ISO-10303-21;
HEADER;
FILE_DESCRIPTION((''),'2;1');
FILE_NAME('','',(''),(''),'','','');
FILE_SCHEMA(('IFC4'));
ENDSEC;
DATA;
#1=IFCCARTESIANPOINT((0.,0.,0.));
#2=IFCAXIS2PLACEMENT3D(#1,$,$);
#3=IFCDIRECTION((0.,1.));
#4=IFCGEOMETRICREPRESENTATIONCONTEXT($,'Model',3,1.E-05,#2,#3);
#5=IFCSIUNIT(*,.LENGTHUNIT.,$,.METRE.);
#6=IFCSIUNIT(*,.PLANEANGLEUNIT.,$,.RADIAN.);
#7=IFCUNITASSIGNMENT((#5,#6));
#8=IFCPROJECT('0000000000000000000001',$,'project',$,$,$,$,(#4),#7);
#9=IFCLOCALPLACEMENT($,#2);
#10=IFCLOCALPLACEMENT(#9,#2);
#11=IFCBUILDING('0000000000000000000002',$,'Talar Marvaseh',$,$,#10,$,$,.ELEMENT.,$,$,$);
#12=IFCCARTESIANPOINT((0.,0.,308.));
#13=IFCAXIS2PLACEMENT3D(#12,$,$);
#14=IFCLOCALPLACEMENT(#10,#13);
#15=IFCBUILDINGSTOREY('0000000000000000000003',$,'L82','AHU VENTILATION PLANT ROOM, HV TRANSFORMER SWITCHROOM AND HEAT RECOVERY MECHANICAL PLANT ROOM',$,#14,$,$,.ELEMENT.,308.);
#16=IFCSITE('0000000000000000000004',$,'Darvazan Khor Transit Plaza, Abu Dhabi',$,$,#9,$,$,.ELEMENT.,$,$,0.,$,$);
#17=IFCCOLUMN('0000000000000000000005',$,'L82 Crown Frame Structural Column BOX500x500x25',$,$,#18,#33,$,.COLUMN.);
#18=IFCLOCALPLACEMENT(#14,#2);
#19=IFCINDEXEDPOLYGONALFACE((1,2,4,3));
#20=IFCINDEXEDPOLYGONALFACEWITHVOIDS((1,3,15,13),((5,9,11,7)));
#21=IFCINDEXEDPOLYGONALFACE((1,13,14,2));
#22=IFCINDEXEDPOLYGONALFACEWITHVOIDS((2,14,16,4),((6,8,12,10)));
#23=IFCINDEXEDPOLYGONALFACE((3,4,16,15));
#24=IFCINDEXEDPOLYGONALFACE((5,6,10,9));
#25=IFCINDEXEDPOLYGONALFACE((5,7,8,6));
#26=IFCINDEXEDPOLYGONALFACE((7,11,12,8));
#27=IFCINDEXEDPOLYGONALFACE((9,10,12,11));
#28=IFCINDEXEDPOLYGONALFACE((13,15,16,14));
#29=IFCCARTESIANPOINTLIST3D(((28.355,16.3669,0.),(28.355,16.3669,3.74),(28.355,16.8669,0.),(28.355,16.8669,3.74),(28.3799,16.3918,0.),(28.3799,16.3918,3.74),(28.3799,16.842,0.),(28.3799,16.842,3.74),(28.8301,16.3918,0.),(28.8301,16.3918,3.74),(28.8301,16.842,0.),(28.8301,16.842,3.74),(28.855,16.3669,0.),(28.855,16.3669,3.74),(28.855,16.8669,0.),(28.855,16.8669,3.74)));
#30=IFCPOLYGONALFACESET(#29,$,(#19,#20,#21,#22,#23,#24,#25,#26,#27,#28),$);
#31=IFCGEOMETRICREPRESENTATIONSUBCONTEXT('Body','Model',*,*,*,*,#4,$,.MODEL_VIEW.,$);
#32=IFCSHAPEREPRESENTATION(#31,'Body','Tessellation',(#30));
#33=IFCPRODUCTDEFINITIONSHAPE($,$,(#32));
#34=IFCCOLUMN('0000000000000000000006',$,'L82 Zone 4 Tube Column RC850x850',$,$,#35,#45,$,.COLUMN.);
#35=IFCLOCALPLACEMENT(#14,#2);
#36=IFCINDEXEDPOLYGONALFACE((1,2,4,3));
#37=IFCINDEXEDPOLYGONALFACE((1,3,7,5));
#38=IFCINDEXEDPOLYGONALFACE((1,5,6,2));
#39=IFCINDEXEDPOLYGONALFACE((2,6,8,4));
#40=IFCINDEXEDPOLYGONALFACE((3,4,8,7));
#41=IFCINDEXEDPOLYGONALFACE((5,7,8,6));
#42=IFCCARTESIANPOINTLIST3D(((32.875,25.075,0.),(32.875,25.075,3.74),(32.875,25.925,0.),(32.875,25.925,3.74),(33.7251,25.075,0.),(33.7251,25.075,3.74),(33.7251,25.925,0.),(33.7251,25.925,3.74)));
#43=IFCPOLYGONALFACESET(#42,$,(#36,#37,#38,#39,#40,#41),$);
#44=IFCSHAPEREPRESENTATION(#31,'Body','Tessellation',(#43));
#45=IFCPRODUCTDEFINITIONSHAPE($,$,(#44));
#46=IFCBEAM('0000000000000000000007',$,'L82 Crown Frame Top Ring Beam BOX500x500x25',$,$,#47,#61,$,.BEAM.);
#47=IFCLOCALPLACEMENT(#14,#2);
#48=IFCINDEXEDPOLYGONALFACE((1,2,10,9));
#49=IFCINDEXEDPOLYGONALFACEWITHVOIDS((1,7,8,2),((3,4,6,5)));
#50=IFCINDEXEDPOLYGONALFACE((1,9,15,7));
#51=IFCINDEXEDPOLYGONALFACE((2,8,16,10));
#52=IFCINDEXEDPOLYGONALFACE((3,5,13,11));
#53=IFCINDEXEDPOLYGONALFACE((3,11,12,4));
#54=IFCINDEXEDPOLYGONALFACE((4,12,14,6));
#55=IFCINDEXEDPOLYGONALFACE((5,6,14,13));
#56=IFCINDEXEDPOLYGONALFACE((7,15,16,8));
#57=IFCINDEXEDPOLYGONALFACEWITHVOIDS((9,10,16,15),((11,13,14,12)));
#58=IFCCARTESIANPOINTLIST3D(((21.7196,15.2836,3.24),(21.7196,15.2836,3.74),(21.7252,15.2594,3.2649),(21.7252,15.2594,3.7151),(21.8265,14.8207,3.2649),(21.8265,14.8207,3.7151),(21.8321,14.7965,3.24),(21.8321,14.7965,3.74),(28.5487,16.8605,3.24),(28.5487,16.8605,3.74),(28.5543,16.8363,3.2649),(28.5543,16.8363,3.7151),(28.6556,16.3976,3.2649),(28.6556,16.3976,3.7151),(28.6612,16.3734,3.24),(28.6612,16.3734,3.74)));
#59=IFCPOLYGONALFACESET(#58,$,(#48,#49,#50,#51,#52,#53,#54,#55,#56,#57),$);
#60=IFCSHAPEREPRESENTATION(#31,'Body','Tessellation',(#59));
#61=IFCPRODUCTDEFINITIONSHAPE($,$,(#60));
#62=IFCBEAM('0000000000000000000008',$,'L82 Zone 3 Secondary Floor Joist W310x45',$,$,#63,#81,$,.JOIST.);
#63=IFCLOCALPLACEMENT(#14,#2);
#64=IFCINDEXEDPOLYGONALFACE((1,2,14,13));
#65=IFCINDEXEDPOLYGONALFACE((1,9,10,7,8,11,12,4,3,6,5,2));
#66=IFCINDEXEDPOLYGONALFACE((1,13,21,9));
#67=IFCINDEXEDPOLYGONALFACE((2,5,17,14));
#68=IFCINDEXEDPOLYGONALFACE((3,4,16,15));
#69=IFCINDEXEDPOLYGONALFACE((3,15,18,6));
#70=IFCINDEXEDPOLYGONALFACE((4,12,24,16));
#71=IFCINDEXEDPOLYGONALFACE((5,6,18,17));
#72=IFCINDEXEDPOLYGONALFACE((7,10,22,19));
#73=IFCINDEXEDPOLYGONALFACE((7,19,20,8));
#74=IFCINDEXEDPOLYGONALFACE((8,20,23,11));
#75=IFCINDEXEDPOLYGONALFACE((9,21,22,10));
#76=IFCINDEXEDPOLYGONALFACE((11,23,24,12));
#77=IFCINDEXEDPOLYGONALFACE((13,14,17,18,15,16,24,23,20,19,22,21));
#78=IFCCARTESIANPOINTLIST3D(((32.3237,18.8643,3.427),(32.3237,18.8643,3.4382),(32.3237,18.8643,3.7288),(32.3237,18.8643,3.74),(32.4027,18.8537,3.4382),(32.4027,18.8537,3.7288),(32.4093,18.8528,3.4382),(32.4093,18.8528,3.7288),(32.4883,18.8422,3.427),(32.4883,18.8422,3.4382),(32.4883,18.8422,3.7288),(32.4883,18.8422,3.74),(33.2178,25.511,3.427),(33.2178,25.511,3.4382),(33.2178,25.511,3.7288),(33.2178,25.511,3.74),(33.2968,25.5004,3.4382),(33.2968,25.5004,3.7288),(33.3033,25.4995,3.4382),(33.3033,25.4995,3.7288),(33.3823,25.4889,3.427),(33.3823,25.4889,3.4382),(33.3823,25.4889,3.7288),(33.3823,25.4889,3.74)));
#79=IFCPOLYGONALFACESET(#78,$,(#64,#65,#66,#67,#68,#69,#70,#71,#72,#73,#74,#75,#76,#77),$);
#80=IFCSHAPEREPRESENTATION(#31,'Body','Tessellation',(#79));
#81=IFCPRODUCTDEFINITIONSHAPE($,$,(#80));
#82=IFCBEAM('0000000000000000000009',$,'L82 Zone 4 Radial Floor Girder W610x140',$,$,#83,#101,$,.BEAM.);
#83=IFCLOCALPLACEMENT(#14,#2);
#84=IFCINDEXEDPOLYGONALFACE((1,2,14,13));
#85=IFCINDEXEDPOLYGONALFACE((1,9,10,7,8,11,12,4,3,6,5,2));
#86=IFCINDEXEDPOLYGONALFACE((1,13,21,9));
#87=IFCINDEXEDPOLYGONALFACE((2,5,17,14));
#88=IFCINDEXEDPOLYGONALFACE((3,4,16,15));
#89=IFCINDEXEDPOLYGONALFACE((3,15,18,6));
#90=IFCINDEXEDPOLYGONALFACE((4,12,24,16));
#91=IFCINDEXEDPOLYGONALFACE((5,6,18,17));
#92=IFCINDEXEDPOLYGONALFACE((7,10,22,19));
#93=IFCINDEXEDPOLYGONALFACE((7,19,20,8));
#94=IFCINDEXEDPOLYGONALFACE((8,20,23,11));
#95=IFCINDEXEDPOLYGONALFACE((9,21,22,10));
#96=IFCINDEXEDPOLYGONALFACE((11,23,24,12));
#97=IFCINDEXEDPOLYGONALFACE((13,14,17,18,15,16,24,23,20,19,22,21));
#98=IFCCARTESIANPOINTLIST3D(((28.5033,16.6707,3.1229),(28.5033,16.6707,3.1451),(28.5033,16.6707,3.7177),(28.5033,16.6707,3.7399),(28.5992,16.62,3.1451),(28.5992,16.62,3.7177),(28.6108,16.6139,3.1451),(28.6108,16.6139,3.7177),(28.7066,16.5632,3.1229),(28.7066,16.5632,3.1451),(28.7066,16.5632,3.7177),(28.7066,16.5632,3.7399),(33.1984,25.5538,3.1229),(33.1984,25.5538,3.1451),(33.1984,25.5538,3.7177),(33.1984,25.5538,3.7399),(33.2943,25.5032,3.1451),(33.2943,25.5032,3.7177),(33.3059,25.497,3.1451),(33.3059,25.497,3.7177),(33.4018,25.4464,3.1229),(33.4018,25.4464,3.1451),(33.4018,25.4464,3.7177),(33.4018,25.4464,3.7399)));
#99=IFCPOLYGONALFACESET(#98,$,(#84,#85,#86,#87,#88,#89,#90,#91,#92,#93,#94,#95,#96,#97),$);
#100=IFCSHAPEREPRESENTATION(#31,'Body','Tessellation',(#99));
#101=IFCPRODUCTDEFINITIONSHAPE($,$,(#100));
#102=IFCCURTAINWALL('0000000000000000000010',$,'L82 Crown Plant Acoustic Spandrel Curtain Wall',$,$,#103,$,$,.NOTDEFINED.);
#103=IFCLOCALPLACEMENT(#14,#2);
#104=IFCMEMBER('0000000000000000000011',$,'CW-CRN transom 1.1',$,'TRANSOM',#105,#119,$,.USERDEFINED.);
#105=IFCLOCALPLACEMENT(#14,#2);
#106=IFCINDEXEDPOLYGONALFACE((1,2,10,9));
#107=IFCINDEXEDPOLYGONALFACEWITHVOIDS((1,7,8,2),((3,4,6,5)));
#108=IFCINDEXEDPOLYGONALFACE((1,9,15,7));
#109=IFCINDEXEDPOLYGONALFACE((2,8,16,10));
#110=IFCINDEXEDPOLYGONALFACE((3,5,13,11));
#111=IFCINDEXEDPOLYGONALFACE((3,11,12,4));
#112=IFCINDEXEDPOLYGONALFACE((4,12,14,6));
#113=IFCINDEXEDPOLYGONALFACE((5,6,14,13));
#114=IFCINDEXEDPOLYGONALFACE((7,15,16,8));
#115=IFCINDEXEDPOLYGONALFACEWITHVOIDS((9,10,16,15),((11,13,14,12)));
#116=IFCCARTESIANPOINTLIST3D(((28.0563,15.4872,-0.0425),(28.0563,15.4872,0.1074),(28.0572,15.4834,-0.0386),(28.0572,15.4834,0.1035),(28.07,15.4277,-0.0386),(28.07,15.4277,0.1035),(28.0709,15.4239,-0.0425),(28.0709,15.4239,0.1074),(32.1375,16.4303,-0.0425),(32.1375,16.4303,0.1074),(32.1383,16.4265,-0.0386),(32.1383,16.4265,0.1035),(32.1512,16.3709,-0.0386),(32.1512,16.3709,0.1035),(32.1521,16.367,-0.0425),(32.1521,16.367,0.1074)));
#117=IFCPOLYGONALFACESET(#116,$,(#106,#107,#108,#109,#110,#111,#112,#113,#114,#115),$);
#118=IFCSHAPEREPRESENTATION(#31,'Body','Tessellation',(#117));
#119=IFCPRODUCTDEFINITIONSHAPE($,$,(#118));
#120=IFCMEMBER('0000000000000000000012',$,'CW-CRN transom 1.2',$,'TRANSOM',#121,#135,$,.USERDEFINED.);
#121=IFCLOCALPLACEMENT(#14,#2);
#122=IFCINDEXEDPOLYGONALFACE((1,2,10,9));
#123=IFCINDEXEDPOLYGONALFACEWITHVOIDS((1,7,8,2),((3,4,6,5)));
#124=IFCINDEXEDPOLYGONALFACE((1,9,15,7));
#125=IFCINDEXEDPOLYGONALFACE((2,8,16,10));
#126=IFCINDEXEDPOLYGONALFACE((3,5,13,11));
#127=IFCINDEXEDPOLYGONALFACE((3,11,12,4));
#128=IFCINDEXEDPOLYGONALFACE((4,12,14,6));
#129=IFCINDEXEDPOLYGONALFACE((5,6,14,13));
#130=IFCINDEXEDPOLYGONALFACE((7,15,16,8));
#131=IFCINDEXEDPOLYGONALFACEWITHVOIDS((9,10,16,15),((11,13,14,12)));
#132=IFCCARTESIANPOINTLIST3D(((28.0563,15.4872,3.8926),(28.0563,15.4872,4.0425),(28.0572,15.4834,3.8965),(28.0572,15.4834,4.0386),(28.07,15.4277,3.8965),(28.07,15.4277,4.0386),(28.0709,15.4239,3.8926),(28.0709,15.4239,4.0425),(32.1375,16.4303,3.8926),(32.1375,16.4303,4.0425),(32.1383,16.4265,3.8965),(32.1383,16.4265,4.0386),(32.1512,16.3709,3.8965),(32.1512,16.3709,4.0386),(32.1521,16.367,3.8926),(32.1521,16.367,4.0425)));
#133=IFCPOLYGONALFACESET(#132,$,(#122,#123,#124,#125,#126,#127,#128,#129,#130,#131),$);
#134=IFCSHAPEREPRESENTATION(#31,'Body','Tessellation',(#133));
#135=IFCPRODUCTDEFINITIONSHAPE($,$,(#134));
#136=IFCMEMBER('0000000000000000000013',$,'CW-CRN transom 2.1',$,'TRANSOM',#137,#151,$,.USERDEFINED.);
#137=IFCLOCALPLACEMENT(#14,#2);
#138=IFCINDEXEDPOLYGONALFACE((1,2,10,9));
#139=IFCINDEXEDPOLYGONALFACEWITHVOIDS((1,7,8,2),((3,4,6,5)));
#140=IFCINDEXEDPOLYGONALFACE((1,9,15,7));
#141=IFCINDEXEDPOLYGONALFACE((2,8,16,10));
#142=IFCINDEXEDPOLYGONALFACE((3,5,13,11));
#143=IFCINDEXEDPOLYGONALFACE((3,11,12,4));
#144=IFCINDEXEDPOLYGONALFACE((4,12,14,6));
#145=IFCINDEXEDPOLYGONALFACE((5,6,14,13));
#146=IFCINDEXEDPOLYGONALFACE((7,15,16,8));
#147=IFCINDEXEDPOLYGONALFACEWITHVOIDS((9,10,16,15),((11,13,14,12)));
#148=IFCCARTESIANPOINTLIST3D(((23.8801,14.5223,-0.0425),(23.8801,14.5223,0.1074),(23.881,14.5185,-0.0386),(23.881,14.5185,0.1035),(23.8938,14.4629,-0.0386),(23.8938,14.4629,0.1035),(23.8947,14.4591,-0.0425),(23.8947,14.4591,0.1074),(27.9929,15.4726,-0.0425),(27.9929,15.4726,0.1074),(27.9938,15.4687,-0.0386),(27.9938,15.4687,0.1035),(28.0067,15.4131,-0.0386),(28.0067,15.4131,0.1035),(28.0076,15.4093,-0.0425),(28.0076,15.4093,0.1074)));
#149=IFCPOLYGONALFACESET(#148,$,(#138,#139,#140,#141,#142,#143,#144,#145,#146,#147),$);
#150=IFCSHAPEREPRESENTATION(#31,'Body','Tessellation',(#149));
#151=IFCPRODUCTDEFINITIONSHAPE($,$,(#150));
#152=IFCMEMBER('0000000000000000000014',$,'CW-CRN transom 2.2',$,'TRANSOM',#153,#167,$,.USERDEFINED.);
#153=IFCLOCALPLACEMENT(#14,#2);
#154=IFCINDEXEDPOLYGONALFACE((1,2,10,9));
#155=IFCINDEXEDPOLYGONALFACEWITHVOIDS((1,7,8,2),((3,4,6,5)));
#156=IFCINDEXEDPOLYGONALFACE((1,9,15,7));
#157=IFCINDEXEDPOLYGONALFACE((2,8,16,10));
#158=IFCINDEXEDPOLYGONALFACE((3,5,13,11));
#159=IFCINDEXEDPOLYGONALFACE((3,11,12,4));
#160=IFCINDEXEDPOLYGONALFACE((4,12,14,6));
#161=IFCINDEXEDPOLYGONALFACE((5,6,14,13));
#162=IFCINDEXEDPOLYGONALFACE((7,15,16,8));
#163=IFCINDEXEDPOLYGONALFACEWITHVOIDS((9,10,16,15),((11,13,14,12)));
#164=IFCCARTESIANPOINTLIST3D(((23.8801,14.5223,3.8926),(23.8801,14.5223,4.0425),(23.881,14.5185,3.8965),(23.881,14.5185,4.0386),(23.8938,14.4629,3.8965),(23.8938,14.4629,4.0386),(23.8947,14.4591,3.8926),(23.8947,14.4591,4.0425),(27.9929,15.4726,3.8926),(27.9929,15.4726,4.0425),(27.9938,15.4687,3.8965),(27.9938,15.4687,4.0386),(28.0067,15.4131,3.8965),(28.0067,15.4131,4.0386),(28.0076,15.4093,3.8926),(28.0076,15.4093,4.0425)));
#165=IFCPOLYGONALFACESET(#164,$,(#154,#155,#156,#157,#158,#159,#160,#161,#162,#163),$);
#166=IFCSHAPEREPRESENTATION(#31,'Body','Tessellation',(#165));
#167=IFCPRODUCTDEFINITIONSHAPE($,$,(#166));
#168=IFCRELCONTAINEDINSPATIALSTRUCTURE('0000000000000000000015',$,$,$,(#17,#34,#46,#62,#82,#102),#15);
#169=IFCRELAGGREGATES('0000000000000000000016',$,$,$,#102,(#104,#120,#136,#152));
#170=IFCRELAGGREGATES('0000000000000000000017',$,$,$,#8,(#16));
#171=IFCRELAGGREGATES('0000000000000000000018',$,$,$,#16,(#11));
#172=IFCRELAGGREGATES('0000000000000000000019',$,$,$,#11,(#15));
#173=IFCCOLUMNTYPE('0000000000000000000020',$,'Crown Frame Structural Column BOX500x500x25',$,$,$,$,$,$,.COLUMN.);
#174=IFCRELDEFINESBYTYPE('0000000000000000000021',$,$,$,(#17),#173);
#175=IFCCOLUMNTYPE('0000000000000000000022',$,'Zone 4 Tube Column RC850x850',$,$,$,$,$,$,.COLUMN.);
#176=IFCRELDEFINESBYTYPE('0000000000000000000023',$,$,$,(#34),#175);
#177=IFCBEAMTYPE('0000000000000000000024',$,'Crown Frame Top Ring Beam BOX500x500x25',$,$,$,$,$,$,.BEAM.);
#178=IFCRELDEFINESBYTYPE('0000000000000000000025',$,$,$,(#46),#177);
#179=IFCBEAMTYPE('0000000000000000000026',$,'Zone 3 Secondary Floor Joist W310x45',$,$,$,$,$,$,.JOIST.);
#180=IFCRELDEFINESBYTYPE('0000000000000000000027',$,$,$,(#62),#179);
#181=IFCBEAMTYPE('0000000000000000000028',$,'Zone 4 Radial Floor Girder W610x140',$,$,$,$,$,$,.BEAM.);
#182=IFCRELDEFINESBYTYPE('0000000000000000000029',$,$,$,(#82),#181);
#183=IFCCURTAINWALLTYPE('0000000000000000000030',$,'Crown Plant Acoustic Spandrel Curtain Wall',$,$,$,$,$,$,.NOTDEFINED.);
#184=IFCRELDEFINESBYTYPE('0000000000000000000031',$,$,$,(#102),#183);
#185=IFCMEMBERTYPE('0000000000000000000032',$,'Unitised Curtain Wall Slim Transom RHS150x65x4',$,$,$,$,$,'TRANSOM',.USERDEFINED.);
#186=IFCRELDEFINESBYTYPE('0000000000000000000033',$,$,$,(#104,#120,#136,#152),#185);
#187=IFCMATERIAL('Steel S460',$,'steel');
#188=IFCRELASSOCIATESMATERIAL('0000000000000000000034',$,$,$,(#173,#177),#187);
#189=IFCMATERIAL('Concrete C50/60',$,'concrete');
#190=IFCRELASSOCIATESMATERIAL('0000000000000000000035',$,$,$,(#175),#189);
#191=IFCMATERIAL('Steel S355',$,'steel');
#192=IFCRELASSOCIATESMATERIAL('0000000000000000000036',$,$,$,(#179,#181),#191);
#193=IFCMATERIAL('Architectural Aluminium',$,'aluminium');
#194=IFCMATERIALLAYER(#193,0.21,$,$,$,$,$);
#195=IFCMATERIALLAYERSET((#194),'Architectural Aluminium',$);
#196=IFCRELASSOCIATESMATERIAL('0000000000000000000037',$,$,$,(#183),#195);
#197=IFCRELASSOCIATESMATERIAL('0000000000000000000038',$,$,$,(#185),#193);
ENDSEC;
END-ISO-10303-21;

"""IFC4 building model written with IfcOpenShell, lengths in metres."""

from ifc_helpers import new_model, si_unit, direction, frame, origin, origin_2d, place, context, subcontext, project, spatial, rectangle, hollow_rectangle, i_section, extrude, source, transform, mapped, material, layer, layer_set, material_profile, profile_set, type_object, type_shapes, element, aggregate, save


model = new_model("IFC4")

# Units and contexts
model_context = context("Model", 3, precision=1e-05, world=origin(), true_north=direction((0.0, 1.0)))
body_context = subcontext(model_context, "Body", "Model", "MODEL_VIEW")
ifc_project = project(units=[si_unit("LENGTHUNIT", "METRE"), si_unit("PLANEANGLEUNIT", "RADIAN")], contexts=[model_context])

# Site, building, storey
site_placement = place(None, origin())
site = spatial("IfcSite", under=ifc_project, at=site_placement, Name="Darvazan Khor Transit Plaza, Abu Dhabi", CompositionType="ELEMENT", RefElevation=0.0)
building_placement = place(site_placement, origin())
building = spatial("IfcBuilding", under=site, at=building_placement, Name="Talar Marvaseh", CompositionType="ELEMENT")
storey_placement = place(building_placement, frame((0.0, 0.0, 308.0)))
storey = spatial("IfcBuildingStorey", under=building, at=storey_placement, Name="L82", Description="AHU VENTILATION PLANT ROOM, HV TRANSFORMER SWITCHROOM AND HEAT RECOVERY MECHANICAL PLANT ROOM", CompositionType="ELEMENT", Elevation=308.0)

# Columns
ifc_material_1 = material(Name="Steel S460", Category="steel")
ifc_material_profile_1 = material_profile(ifc_material_1, hollow_rectangle(XDim=0.5, YDim=0.5, WallThickness=0.0249, at=origin_2d()), Name="BOX500x500x25")
ifc_profile_set_1 = profile_set([ifc_material_profile_1], Name="Steel S460")
column_type_1 = type_object("IfcColumnType", Name="Crown Frame Structural Column BOX500x500x25", PredefinedType="COLUMN", material=ifc_profile_set_1)
column_1_placement = place(storey_placement, frame((28.605, 16.6169, 0.0), z_axis=(0.0, 0.0, 1.0), x_axis=(1.0, 0.0, 0.0)))
element("IfcColumn", 1, at=column_1_placement, inside=storey, type_object=column_type_1, Name="L82 Crown Frame Structural Column BOX500x500x25", PredefinedType="COLUMN", context=body_context, shape_type="SweptSolid", body=[
    extrude(hollow_rectangle(XDim=0.5, YDim=0.5, WallThickness=0.0249, at=origin_2d()), origin(), (0.0, 0.0, 1.0), 3.74),
])
ifc_material_2 = material(Name="Concrete C50/60", Category="concrete")
ifc_material_profile_2 = material_profile(ifc_material_2, rectangle(XDim=0.8501, YDim=0.8501, at=origin_2d()), Name="RC850x850")
ifc_profile_set_2 = profile_set([ifc_material_profile_2], Name="Concrete C50/60")
column_type_2 = type_object("IfcColumnType", Name="Zone 4 Tube Column RC850x850", PredefinedType="COLUMN", material=ifc_profile_set_2)
column_2_placement = place(storey_placement, frame((33.3, 25.5, 0.0), z_axis=(0.0, 0.0, 1.0), x_axis=(1.0, 0.0, 0.0)))
element("IfcColumn", 2, at=column_2_placement, inside=storey, type_object=column_type_2, Name="L82 Zone 4 Tube Column RC850x850", PredefinedType="COLUMN", context=body_context, shape_type="SweptSolid", body=[
    extrude(rectangle(XDim=0.8501, YDim=0.8501, at=origin_2d()), origin(), (0.0, 0.0, 1.0), 3.74),
])

# Beams
ifc_material_profile_3 = material_profile(ifc_material_1, hollow_rectangle(XDim=0.5, YDim=0.5, WallThickness=0.0249, at=origin_2d()), Name="BOX500x500x25")
ifc_profile_set_3 = profile_set([ifc_material_profile_3], Name="Steel S460")
beam_type_1 = type_object("IfcBeamType", Name="Crown Frame Top Ring Beam BOX500x500x25", PredefinedType="BEAM", material=ifc_profile_set_3)
beam_1_placement = place(storey_placement, frame((28.605, 16.6169, 3.49), z_axis=(-0.974361, -0.224989, 0.0), x_axis=(0.224989, -0.974361, 0.0)))
element("IfcBeam", 3, at=beam_1_placement, inside=storey, type_object=beam_type_1, Name="L82 Crown Frame Top Ring Beam BOX500x500x25", PredefinedType="BEAM", context=body_context, shape_type="SweptSolid", body=[
    extrude(hollow_rectangle(XDim=0.5, YDim=0.5, WallThickness=0.0249, at=origin_2d()), origin(), (0.0, 0.0, 1.0), 7.0088),
])
ifc_material_3 = material(Name="Steel S355", Category="steel")
ifc_material_profile_4 = material_profile(ifc_material_3, i_section(OverallWidth=0.166, OverallDepth=0.313, WebThickness=0.0066, FlangeThickness=0.0112, at=origin_2d()), Name="W310x45")
ifc_profile_set_4 = profile_set([ifc_material_profile_4], Name="Steel S355")
beam_type_2 = type_object("IfcBeamType", Name="Zone 3 Secondary Floor Joist W310x45", PredefinedType="JOIST", material=ifc_profile_set_4)
beam_2_placement = place(storey_placement, frame((32.406, 18.8533, 3.5835), z_axis=(0.133308, 0.991075, 0.0), x_axis=(-0.991075, 0.133308, 0.0)))
element("IfcBeam", 4, at=beam_2_placement, inside=storey, type_object=beam_type_2, Name="L82 Zone 3 Secondary Floor Joist W310x45", PredefinedType="JOIST", context=body_context, shape_type="SweptSolid", body=[
    extrude(i_section(OverallWidth=0.166, OverallDepth=0.313, WebThickness=0.0066, FlangeThickness=0.0112, at=origin_2d()), origin(), (0.0, 0.0, 1.0), 6.7065),
])
ifc_material_profile_5 = material_profile(ifc_material_3, i_section(OverallWidth=0.23, OverallDepth=0.6169, WebThickness=0.0132, FlangeThickness=0.0222, at=origin_2d()), Name="W610x140")
ifc_profile_set_5 = profile_set([ifc_material_profile_5], Name="Steel S355")
beam_type_3 = type_object("IfcBeamType", Name="Zone 4 Radial Floor Girder W610x140", PredefinedType="BEAM", material=ifc_profile_set_5)
beam_3_placement = place(storey_placement, frame((28.605, 16.6169, 3.4314), z_axis=(0.467287, 0.884106, 0.0), x_axis=(-0.884106, 0.467287, 0.0)))
element("IfcBeam", 5, at=beam_3_placement, inside=storey, type_object=beam_type_3, Name="L82 Zone 4 Radial Floor Girder W610x140", PredefinedType="BEAM", context=body_context, shape_type="SweptSolid", body=[
    extrude(i_section(OverallWidth=0.23, OverallDepth=0.6169, WebThickness=0.0132, FlangeThickness=0.0222, at=origin_2d()), origin(), (0.0, 0.0, 1.0), 10.0476),
])

# Curtain wall, members
ifc_material_4 = material(Name="Architectural Aluminium", Category="aluminium")
ifc_layer_1 = layer(ifc_material_4, 0.21)
ifc_layer_set_1 = layer_set([ifc_layer_1], Name="Architectural Aluminium")
curtain_wall_type = type_object("IfcCurtainWallType", Name="Crown Plant Acoustic Spandrel Curtain Wall", PredefinedType="NOTDEFINED", material=ifc_layer_set_1)
curtain_wall_1_placement = place(storey_placement, origin())
curtain_wall_1 = element("IfcCurtainWall", 6, at=curtain_wall_1_placement, inside=storey, type_object=curtain_wall_type, Name="L82 Crown Plant Acoustic Spandrel Curtain Wall", PredefinedType="NOTDEFINED")
ifc_material_profile_6 = material_profile(ifc_material_4, hollow_rectangle(XDim=0.0649, YDim=0.1499, WallThickness=0.0039, at=origin_2d()), Name="RHS150x65x4")
ifc_profile_set_6 = profile_set([ifc_material_profile_6], Name="Architectural Aluminium")
member_type_1 = type_object("IfcMemberType", Name="Unitised Curtain Wall Slim Transom RHS150x65x4", ElementType="TRANSOM", PredefinedType="USERDEFINED", material=ifc_profile_set_6)
shared_shape_1 = source(origin(), body_context, "Body", "SweptSolid", [
    extrude(hollow_rectangle(XDim=0.0649, YDim=0.1499, WallThickness=0.0039, at=origin_2d()), origin(), (0.0, 0.0, 1.0), 4.1887),
])
member_1_placement = place(storey_placement, frame((32.1448, 16.3987, 0.0325), z_axis=(-0.974321, -0.225162, 0.0), x_axis=(0.225162, -0.974321, 0.0)))
member_1 = element("IfcMember", 7, at=member_1_placement, type_object=member_type_1, Name="CW-CRN transom 1.1", ObjectType="TRANSOM", PredefinedType="USERDEFINED", context=body_context, shape_type="MappedRepresentation", body=[
    mapped(shared_shape_1, transform((0.0, 0.0, 0.0), x_axis=(1.0, 0.0, 0.0), y_axis=(0.0, 1.0, 0.0), z_axis=(0.0, 0.0, 1.0), scale=1.0)),
])
member_2_placement = place(storey_placement, frame((32.1448, 16.3987, 3.9675), z_axis=(-0.974321, -0.225162, 0.0), x_axis=(0.225162, -0.974321, 0.0)))
member_2 = element("IfcMember", 8, at=member_2_placement, type_object=member_type_1, Name="CW-CRN transom 1.2", ObjectType="TRANSOM", PredefinedType="USERDEFINED", context=body_context, shape_type="MappedRepresentation", body=[
    mapped(shared_shape_1, transform((0.0, 0.0, 0.0), x_axis=(1.0, 0.0, 0.0), y_axis=(0.0, 1.0, 0.0), z_axis=(0.0, 0.0, 1.0), scale=1.0)),
])
shared_shape_2 = source(origin(), body_context, "Body", "SweptSolid", [
    extrude(hollow_rectangle(XDim=0.0649, YDim=0.1499, WallThickness=0.0039, at=origin_2d()), origin(), (0.0, 0.0, 1.0), 4.2212),
])
type_shapes(member_type_1, [shared_shape_1, shared_shape_2])
member_3_placement = place(storey_placement, frame((28.0002, 15.4409, 0.0325), z_axis=(-0.974335, -0.225104, 0.0), x_axis=(0.225104, -0.974335, 0.0)))
member_3 = element("IfcMember", 9, at=member_3_placement, type_object=member_type_1, Name="CW-CRN transom 2.1", ObjectType="TRANSOM", PredefinedType="USERDEFINED", context=body_context, shape_type="MappedRepresentation", body=[
    mapped(shared_shape_2, transform((0.0, 0.0, 0.0), x_axis=(1.0, 0.0, 0.0), y_axis=(0.0, 1.0, 0.0), z_axis=(0.0, 0.0, 1.0), scale=1.0)),
])
member_4_placement = place(storey_placement, frame((28.0002, 15.4409, 3.9675), z_axis=(-0.974335, -0.225104, 0.0), x_axis=(0.225104, -0.974335, 0.0)))
member_4 = element("IfcMember", 10, at=member_4_placement, type_object=member_type_1, Name="CW-CRN transom 2.2", ObjectType="TRANSOM", PredefinedType="USERDEFINED", context=body_context, shape_type="MappedRepresentation", body=[
    mapped(shared_shape_2, transform((0.0, 0.0, 0.0), x_axis=(1.0, 0.0, 0.0), y_axis=(0.0, 1.0, 0.0), z_axis=(0.0, 0.0, 1.0), scale=1.0)),
])

aggregate(curtain_wall_1, [member_1, member_2, member_3, member_4])

save(model, "model.ifc")
